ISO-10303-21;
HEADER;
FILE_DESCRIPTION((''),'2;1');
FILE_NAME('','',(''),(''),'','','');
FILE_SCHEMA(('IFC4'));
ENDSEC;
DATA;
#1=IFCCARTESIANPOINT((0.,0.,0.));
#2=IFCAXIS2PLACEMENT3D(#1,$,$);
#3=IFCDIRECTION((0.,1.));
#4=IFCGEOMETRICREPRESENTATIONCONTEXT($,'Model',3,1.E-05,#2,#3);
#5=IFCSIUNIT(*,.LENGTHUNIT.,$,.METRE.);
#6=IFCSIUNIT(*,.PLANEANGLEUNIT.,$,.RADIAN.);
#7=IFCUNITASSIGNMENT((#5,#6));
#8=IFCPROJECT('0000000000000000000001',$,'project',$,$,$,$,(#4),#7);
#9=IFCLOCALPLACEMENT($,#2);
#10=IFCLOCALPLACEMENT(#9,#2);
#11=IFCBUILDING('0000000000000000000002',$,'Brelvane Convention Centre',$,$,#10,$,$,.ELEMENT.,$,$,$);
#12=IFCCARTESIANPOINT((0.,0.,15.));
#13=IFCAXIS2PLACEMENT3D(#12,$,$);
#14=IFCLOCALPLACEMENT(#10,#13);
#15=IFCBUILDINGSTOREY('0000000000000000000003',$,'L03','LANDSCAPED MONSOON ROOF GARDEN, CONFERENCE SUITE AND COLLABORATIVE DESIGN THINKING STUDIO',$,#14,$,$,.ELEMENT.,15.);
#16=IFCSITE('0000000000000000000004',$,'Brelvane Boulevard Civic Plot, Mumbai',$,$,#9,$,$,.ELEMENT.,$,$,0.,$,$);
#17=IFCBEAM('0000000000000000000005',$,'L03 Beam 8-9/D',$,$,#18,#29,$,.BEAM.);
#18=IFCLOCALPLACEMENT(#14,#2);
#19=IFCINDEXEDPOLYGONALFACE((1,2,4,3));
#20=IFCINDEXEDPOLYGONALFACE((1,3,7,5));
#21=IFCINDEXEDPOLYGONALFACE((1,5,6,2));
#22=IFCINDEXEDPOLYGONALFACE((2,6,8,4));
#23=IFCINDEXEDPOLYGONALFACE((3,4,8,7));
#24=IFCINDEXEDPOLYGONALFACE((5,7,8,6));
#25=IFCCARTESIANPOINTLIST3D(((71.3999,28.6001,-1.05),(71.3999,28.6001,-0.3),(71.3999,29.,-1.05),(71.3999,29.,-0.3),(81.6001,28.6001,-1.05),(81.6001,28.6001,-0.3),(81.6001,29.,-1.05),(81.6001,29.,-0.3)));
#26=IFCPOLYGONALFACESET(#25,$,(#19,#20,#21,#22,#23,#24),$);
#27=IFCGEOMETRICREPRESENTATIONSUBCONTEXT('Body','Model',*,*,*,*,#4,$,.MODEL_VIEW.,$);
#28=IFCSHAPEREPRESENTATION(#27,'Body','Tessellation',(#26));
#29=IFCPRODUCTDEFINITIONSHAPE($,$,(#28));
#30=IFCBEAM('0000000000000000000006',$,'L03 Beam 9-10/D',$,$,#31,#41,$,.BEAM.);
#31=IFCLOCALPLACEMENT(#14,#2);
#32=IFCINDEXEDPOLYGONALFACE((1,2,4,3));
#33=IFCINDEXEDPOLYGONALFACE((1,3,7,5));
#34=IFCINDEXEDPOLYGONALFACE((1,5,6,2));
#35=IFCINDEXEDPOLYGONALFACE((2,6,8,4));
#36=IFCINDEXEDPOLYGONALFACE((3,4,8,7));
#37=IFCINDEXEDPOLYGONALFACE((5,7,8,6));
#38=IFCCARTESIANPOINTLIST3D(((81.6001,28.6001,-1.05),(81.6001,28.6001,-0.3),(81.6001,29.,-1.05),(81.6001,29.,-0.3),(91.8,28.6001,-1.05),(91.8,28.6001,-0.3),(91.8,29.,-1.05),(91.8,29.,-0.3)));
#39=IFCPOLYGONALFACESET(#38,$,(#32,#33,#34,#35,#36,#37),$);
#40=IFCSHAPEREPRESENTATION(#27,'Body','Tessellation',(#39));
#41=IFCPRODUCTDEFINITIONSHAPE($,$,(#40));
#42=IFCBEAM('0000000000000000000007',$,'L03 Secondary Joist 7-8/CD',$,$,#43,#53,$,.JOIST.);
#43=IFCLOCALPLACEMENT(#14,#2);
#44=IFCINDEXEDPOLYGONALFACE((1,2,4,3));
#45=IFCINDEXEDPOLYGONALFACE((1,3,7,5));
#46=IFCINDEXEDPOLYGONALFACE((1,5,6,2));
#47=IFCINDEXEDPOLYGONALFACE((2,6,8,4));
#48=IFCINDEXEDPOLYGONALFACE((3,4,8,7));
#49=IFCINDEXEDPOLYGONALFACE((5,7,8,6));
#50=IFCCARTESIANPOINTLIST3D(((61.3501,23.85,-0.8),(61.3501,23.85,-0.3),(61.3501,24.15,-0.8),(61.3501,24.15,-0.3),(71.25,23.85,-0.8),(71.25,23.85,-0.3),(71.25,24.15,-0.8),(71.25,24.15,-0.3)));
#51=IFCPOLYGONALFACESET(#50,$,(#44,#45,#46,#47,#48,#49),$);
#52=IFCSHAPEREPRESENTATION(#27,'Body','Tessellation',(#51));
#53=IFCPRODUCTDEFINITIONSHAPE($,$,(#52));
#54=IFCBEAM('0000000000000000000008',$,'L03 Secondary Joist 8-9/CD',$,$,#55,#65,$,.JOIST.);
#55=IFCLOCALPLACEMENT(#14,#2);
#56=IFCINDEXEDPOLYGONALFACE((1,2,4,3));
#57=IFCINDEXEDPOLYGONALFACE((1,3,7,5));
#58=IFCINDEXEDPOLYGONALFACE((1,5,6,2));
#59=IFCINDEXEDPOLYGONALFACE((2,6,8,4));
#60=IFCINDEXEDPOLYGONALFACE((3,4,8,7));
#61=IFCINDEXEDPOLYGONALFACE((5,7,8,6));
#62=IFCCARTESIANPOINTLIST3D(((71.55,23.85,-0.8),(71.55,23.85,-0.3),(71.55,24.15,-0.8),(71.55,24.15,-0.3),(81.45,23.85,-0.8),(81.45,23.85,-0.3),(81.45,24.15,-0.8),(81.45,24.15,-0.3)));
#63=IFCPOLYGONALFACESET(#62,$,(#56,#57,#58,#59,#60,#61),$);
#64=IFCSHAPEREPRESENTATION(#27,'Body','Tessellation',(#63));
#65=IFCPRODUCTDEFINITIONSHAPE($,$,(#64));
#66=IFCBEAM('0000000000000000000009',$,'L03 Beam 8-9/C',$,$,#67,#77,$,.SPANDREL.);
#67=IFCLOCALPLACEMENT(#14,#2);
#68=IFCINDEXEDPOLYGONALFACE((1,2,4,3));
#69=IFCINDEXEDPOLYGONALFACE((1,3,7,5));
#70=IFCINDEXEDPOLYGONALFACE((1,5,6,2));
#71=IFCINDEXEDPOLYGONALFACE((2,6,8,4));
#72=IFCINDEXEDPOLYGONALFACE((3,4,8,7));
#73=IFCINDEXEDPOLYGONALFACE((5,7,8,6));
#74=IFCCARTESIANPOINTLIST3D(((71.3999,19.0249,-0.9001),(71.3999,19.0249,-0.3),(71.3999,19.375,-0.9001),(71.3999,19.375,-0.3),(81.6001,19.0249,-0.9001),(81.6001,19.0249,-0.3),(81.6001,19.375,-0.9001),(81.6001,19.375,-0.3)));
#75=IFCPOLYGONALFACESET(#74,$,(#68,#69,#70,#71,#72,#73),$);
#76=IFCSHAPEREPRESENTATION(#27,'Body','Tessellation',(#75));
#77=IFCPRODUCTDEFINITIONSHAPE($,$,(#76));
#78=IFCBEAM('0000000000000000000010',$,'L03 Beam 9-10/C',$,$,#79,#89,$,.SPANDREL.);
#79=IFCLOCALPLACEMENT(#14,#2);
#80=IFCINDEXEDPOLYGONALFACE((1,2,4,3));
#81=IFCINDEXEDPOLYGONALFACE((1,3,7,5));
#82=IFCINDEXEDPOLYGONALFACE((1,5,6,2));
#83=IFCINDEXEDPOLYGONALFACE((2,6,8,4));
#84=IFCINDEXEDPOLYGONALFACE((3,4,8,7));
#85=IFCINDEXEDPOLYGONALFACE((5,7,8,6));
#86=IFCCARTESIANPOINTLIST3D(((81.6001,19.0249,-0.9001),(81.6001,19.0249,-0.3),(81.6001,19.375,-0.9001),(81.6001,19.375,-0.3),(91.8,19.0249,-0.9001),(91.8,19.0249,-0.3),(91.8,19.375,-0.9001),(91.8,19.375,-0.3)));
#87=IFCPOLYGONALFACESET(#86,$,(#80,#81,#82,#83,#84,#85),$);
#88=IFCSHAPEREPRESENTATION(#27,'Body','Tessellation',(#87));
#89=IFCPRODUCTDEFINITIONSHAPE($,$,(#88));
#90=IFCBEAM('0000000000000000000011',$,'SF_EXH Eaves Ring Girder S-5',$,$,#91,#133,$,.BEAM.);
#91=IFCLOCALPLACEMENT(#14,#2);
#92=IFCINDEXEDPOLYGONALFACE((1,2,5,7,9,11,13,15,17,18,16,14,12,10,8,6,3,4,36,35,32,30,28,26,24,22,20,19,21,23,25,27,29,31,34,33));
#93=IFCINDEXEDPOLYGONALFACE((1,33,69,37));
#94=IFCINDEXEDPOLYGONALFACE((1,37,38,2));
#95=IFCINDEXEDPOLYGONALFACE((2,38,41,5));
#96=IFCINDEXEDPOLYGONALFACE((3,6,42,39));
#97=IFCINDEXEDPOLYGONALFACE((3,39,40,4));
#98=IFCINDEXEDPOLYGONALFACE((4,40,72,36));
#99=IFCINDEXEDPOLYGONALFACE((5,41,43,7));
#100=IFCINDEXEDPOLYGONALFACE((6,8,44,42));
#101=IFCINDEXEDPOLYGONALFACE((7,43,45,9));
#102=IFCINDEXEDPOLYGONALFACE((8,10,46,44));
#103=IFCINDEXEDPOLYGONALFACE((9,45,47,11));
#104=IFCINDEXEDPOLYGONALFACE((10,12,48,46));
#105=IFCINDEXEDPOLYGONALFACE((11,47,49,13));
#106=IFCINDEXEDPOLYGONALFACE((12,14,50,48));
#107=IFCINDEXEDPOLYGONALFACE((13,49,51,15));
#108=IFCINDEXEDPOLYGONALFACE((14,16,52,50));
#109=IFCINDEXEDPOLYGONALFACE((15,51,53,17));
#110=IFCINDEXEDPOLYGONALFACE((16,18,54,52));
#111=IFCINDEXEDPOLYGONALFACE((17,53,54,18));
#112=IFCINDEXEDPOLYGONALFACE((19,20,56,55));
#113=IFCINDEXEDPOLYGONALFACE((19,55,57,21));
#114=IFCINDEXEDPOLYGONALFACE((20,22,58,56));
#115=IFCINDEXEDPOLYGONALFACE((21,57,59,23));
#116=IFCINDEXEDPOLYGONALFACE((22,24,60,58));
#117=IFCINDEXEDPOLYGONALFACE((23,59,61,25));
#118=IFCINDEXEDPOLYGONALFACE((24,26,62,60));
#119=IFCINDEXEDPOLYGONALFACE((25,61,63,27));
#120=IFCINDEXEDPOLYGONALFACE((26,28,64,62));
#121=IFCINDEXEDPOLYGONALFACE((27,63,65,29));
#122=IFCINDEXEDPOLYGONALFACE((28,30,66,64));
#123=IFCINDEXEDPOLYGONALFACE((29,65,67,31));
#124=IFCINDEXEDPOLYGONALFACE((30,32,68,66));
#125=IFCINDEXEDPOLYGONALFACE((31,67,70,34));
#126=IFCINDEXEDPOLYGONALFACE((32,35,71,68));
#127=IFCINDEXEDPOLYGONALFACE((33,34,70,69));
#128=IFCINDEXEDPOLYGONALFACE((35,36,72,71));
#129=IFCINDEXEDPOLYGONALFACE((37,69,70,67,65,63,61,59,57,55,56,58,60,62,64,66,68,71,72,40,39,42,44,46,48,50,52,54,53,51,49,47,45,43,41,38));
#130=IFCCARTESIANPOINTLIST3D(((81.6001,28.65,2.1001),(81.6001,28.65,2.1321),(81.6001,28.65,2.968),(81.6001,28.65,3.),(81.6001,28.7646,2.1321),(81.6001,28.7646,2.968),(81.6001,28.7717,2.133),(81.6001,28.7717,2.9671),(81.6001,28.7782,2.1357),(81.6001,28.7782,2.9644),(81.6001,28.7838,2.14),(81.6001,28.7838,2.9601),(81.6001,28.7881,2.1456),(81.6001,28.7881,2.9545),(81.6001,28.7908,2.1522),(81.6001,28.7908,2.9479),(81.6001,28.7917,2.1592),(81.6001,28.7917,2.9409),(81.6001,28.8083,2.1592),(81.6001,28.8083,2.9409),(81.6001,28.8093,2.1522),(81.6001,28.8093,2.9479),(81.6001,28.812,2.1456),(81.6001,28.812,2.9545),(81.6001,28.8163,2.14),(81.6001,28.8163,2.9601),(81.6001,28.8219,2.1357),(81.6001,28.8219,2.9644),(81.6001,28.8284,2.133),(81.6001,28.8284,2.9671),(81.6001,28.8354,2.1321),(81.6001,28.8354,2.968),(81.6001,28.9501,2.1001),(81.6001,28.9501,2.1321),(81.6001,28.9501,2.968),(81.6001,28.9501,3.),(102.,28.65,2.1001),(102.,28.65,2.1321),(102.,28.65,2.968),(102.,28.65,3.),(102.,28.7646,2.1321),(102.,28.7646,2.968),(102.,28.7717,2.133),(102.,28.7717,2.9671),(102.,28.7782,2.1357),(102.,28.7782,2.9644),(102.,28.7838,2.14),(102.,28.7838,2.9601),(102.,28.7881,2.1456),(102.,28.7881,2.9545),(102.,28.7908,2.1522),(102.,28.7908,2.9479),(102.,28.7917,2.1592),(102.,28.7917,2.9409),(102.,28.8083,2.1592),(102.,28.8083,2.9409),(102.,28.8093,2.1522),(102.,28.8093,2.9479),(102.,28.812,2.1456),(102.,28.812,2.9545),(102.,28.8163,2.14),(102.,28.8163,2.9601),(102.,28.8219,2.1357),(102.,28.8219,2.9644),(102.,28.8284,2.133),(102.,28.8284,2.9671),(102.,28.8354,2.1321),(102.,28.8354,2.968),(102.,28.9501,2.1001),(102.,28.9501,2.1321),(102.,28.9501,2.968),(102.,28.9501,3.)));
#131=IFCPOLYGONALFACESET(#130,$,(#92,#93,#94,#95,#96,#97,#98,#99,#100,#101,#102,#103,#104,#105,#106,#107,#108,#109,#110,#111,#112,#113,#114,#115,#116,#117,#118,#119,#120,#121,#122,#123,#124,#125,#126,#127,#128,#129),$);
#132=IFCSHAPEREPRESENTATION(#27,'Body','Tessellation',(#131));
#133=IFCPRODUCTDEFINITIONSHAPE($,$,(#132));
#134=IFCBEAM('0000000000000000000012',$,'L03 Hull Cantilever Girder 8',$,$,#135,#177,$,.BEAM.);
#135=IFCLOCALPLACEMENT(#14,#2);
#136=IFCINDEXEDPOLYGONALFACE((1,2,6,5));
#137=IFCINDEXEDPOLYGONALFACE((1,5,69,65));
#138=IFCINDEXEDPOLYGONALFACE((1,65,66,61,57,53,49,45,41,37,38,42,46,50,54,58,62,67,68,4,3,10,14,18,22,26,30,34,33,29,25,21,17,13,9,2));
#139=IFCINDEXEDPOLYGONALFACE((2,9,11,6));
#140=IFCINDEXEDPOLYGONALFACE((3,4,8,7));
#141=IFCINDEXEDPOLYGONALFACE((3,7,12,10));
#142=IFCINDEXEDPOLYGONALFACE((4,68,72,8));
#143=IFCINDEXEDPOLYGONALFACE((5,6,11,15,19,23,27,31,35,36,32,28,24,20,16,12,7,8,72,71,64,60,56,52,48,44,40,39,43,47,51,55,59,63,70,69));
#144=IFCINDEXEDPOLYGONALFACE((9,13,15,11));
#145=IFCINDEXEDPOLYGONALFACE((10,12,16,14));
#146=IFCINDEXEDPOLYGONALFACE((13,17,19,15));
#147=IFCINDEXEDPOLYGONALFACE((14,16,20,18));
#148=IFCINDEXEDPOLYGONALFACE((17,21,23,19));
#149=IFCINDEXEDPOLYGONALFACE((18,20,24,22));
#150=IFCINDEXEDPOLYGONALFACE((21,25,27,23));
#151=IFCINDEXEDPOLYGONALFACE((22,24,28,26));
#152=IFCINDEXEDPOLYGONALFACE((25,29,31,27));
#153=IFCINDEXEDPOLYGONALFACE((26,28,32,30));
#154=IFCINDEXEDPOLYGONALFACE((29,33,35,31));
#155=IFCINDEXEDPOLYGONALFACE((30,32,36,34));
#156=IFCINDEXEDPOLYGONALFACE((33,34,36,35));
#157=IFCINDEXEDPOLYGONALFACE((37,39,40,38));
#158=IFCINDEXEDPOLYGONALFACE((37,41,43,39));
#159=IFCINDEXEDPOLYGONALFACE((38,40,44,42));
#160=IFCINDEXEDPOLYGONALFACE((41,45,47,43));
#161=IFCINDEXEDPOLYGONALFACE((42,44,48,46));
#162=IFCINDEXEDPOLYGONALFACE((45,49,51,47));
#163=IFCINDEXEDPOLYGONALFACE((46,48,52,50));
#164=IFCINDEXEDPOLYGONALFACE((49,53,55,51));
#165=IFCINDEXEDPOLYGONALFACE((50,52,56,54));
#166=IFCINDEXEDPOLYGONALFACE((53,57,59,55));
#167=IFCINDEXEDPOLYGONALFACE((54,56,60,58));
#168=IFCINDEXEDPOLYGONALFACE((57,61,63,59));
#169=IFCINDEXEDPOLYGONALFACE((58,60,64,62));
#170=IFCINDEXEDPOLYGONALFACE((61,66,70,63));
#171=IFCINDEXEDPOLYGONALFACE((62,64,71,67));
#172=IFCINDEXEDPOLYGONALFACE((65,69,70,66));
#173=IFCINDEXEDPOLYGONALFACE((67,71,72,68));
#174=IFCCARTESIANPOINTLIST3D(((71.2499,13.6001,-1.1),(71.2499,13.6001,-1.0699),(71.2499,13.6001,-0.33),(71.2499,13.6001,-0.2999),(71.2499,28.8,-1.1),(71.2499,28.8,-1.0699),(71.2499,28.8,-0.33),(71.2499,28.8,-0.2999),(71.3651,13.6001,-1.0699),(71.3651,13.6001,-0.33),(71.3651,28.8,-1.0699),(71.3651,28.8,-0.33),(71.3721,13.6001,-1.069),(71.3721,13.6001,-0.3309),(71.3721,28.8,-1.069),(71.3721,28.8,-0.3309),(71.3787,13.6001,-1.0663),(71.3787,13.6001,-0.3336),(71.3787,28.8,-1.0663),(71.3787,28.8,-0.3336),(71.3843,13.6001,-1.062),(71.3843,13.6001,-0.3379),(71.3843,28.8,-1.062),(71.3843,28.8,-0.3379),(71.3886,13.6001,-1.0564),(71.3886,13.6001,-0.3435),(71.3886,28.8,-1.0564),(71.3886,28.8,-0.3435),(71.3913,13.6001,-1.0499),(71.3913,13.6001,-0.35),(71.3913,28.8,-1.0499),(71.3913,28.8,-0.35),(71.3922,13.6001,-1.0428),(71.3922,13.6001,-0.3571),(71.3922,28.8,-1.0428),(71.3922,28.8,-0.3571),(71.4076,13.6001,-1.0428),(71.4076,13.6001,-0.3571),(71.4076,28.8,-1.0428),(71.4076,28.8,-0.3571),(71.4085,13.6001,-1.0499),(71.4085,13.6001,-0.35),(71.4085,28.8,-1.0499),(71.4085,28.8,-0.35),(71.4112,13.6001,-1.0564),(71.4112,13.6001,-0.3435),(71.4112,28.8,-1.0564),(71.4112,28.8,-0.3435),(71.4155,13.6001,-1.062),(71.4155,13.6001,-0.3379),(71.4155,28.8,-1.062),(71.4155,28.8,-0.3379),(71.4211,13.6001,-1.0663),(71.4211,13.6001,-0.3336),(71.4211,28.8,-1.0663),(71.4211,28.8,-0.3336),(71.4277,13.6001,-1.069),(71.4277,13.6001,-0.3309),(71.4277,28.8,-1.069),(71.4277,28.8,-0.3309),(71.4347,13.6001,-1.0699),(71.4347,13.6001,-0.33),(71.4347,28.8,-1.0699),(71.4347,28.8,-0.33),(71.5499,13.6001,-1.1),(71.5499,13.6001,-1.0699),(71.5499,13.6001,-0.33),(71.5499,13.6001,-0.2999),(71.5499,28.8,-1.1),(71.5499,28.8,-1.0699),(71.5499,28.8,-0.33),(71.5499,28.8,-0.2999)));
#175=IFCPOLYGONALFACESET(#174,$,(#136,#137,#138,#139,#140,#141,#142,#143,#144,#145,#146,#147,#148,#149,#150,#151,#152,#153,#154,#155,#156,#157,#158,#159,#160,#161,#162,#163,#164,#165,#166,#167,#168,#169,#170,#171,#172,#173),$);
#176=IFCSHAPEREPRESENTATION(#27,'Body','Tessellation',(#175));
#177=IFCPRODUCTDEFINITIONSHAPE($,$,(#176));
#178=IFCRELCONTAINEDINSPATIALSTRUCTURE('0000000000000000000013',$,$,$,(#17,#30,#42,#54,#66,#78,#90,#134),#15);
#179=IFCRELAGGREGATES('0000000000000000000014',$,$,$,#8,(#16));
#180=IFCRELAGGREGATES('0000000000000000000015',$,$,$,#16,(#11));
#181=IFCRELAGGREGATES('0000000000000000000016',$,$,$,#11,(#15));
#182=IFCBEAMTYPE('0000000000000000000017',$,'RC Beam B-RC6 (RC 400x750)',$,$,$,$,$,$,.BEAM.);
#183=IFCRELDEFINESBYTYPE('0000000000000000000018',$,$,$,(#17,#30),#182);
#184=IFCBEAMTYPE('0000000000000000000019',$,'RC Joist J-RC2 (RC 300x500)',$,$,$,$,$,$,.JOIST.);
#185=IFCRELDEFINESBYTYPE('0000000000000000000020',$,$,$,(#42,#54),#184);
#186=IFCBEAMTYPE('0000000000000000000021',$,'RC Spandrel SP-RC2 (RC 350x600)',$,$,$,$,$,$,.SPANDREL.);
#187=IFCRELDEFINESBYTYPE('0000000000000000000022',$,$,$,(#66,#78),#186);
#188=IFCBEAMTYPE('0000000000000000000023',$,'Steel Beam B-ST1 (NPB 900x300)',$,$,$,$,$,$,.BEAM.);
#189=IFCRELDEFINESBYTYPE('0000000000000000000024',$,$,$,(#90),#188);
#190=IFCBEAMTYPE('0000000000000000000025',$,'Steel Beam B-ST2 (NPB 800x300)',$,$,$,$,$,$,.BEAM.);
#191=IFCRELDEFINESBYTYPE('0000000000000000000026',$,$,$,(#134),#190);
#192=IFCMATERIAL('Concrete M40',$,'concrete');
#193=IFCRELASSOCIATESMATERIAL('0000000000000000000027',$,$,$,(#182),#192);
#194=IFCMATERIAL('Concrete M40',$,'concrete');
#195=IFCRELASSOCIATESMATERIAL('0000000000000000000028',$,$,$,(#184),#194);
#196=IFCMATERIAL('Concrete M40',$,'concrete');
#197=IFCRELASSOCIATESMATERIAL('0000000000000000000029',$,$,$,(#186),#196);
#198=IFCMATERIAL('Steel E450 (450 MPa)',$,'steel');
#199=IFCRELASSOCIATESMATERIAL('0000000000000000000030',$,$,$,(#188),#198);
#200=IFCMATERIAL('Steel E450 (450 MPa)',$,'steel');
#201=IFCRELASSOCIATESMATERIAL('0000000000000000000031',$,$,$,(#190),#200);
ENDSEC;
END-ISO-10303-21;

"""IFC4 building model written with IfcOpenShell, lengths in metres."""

from ifc_helpers import new_model, si_unit, direction, frame, origin, origin_2d, place, context, subcontext, project, spatial, rectangle, i_section, extrude, material, material_profile, profile_set, type_object, element, save


model = new_model("IFC4")

# Units and contexts
model_context = context("Model", 3, precision=1e-05, world=origin(), true_north=direction((0.0, 1.0)))
body_context = subcontext(model_context, "Body", "Model", "MODEL_VIEW")
ifc_project = project(units=[si_unit("LENGTHUNIT", "METRE"), si_unit("PLANEANGLEUNIT", "RADIAN")], contexts=[model_context])

# Site, building, storey
site_placement = place(None, origin())
site = spatial("IfcSite", under=ifc_project, at=site_placement, Name="Brelvane Boulevard Civic Plot, Mumbai", CompositionType="ELEMENT", RefElevation=0.0)
building_placement = place(site_placement, origin())
building = spatial("IfcBuilding", under=site, at=building_placement, Name="Brelvane Convention Centre", CompositionType="ELEMENT")
storey_placement = place(building_placement, frame((0.0, 0.0, 15.0)))
storey = spatial("IfcBuildingStorey", under=building, at=storey_placement, Name="L03", Description="LANDSCAPED MONSOON ROOF GARDEN, CONFERENCE SUITE AND COLLABORATIVE DESIGN THINKING STUDIO", CompositionType="ELEMENT", Elevation=15.0)

# Beams
ifc_material_1 = material(Name="Concrete M40", Category="concrete")
ifc_material_profile_1 = material_profile(ifc_material_1, rectangle(XDim=0.3999, YDim=0.75, at=origin_2d()), Name="RC 400x750")
ifc_profile_set_1 = profile_set([ifc_material_profile_1], Name="Concrete M40")
beam_type_1 = type_object("IfcBeamType", Name="RC Beam B-RC6 (RC 400x750)", PredefinedType="BEAM", material=ifc_profile_set_1)
beam_1_placement = place(storey_placement, frame((71.3999, 28.8, -0.675), z_axis=(1.0, 0.0, 0.0), x_axis=(0.0, 1.0, 0.0)))
element("IfcBeam", 1, at=beam_1_placement, inside=storey, type_object=beam_type_1, Name="L03 Beam 8-9/D", PredefinedType="BEAM", context=body_context, shape_type="SweptSolid", body=[
    extrude(rectangle(XDim=0.3999, YDim=0.75, at=origin_2d()), origin(), (0.0, 0.0, 1.0), 10.2002),
])
beam_2_placement = place(storey_placement, frame((81.6001, 28.8, -0.675), z_axis=(1.0, 0.0, 0.0), x_axis=(0.0, 1.0, 0.0)))
element("IfcBeam", 2, at=beam_2_placement, inside=storey, type_object=beam_type_1, Name="L03 Beam 9-10/D", PredefinedType="BEAM", context=body_context, shape_type="SweptSolid", body=[
    extrude(rectangle(XDim=0.3999, YDim=0.75, at=origin_2d()), origin(), (0.0, 0.0, 1.0), 10.2),
])
ifc_material_2 = material(Name="Concrete M40", Category="concrete")
ifc_material_profile_2 = material_profile(ifc_material_2, rectangle(XDim=0.3, YDim=0.5, at=origin_2d()), Name="RC 300x500")
ifc_profile_set_2 = profile_set([ifc_material_profile_2], Name="Concrete M40")
beam_type_2 = type_object("IfcBeamType", Name="RC Joist J-RC2 (RC 300x500)", PredefinedType="JOIST", material=ifc_profile_set_2)
for number, where, z_axis, x_axis, name in (
    (3, (61.3501, 24.0, -0.55), (1.0, 0.0, 0.0), (0.0, 1.0, 0.0), "L03 Secondary Joist 7-8/CD"),
    (4, (71.55, 24.0, -0.55), (1.0, 0.0, 0.0), (0.0, 1.0, 0.0), "L03 Secondary Joist 8-9/CD"),
):
    element("IfcBeam", number, at=place(storey_placement, frame(where, z_axis=z_axis, x_axis=x_axis)), inside=storey, type_object=beam_type_2, Name=name, PredefinedType="JOIST", context=body_context, shape_type="SweptSolid", body=[
        extrude(rectangle(XDim=0.3, YDim=0.5, at=origin_2d()), origin(), (0.0, 0.0, 1.0), 9.8999),
    ])
ifc_material_3 = material(Name="Concrete M40", Category="concrete")
ifc_material_profile_3 = material_profile(ifc_material_3, rectangle(XDim=0.3501, YDim=0.6001, at=origin_2d()), Name="RC 350x600")
ifc_profile_set_3 = profile_set([ifc_material_profile_3], Name="Concrete M40")
beam_type_3 = type_object("IfcBeamType", Name="RC Spandrel SP-RC2 (RC 350x600)", PredefinedType="SPANDREL", material=ifc_profile_set_3)
beam_3_placement = place(storey_placement, frame((71.3999, 19.2, -0.6001), z_axis=(1.0, 0.0, 0.0), x_axis=(0.0, 1.0, 0.0)))
element("IfcBeam", 5, at=beam_3_placement, inside=storey, type_object=beam_type_3, Name="L03 Beam 8-9/C", PredefinedType="SPANDREL", context=body_context, shape_type="SweptSolid", body=[
    extrude(rectangle(XDim=0.3501, YDim=0.6001, at=origin_2d()), origin(), (0.0, 0.0, 1.0), 10.2002),
])
beam_4_placement = place(storey_placement, frame((81.6001, 19.2, -0.6001), z_axis=(1.0, 0.0, 0.0), x_axis=(0.0, 1.0, 0.0)))
element("IfcBeam", 6, at=beam_4_placement, inside=storey, type_object=beam_type_3, Name="L03 Beam 9-10/C", PredefinedType="SPANDREL", context=body_context, shape_type="SweptSolid", body=[
    extrude(rectangle(XDim=0.3501, YDim=0.6001, at=origin_2d()), origin(), (0.0, 0.0, 1.0), 10.2),
])
ifc_material_4 = material(Name="Steel E450 (450 MPa)", Category="steel")
ifc_material_profile_4 = material_profile(ifc_material_4, i_section(OverallWidth=0.3, OverallDepth=0.8999, WebThickness=0.0166, FlangeThickness=0.032, FilletRadius=0.0271, at=origin_2d()), Name="NPB 900x300")
ifc_profile_set_4 = profile_set([ifc_material_profile_4], Name="Steel E450 (450 MPa)")
beam_type_4 = type_object("IfcBeamType", Name="Steel Beam B-ST1 (NPB 900x300)", PredefinedType="BEAM", material=ifc_profile_set_4)
beam_5_placement = place(storey_placement, frame((81.6001, 28.8, 2.55), z_axis=(1.0, 0.0, 0.0), x_axis=(0.0, 1.0, 0.0)))
element("IfcBeam", 7, at=beam_5_placement, inside=storey, type_object=beam_type_4, Name="SF_EXH Eaves Ring Girder S-5", PredefinedType="BEAM", context=body_context, shape_type="SweptSolid", body=[
    extrude(i_section(OverallWidth=0.3, OverallDepth=0.8999, WebThickness=0.0166, FlangeThickness=0.032, FilletRadius=0.0271, at=origin_2d()), origin(), (0.0, 0.0, 1.0), 20.3999),
])
ifc_material_5 = material(Name="Steel E450 (450 MPa)", Category="steel")
ifc_material_profile_5 = material_profile(ifc_material_5, i_section(OverallWidth=0.3, OverallDepth=0.8, WebThickness=0.0154, FlangeThickness=0.03, FilletRadius=0.0271, at=origin_2d()), Name="NPB 800x300")
ifc_profile_set_5 = profile_set([ifc_material_profile_5], Name="Steel E450 (450 MPa)")
beam_type_5 = type_object("IfcBeamType", Name="Steel Beam B-ST2 (NPB 800x300)", PredefinedType="BEAM", material=ifc_profile_set_5)
for number, where, z_axis, x_axis, name in (
    (8, (71.3999, 13.6001, -0.7), (0.0, 1.0, 0.0), (-1.0, 0.0, 0.0), "L03 Hull Cantilever Girder 8"),
):
    element("IfcBeam", number, at=place(storey_placement, frame(where, z_axis=z_axis, x_axis=x_axis)), inside=storey, type_object=beam_type_5, Name=name, PredefinedType="BEAM", context=body_context, shape_type="SweptSolid", body=[
        extrude(i_section(OverallWidth=0.3, OverallDepth=0.8, WebThickness=0.0154, FlangeThickness=0.03, FilletRadius=0.0271, at=origin_2d()), origin(), (0.0, 0.0, 1.0), 15.2),
    ])

save(model, "model.ifc")
